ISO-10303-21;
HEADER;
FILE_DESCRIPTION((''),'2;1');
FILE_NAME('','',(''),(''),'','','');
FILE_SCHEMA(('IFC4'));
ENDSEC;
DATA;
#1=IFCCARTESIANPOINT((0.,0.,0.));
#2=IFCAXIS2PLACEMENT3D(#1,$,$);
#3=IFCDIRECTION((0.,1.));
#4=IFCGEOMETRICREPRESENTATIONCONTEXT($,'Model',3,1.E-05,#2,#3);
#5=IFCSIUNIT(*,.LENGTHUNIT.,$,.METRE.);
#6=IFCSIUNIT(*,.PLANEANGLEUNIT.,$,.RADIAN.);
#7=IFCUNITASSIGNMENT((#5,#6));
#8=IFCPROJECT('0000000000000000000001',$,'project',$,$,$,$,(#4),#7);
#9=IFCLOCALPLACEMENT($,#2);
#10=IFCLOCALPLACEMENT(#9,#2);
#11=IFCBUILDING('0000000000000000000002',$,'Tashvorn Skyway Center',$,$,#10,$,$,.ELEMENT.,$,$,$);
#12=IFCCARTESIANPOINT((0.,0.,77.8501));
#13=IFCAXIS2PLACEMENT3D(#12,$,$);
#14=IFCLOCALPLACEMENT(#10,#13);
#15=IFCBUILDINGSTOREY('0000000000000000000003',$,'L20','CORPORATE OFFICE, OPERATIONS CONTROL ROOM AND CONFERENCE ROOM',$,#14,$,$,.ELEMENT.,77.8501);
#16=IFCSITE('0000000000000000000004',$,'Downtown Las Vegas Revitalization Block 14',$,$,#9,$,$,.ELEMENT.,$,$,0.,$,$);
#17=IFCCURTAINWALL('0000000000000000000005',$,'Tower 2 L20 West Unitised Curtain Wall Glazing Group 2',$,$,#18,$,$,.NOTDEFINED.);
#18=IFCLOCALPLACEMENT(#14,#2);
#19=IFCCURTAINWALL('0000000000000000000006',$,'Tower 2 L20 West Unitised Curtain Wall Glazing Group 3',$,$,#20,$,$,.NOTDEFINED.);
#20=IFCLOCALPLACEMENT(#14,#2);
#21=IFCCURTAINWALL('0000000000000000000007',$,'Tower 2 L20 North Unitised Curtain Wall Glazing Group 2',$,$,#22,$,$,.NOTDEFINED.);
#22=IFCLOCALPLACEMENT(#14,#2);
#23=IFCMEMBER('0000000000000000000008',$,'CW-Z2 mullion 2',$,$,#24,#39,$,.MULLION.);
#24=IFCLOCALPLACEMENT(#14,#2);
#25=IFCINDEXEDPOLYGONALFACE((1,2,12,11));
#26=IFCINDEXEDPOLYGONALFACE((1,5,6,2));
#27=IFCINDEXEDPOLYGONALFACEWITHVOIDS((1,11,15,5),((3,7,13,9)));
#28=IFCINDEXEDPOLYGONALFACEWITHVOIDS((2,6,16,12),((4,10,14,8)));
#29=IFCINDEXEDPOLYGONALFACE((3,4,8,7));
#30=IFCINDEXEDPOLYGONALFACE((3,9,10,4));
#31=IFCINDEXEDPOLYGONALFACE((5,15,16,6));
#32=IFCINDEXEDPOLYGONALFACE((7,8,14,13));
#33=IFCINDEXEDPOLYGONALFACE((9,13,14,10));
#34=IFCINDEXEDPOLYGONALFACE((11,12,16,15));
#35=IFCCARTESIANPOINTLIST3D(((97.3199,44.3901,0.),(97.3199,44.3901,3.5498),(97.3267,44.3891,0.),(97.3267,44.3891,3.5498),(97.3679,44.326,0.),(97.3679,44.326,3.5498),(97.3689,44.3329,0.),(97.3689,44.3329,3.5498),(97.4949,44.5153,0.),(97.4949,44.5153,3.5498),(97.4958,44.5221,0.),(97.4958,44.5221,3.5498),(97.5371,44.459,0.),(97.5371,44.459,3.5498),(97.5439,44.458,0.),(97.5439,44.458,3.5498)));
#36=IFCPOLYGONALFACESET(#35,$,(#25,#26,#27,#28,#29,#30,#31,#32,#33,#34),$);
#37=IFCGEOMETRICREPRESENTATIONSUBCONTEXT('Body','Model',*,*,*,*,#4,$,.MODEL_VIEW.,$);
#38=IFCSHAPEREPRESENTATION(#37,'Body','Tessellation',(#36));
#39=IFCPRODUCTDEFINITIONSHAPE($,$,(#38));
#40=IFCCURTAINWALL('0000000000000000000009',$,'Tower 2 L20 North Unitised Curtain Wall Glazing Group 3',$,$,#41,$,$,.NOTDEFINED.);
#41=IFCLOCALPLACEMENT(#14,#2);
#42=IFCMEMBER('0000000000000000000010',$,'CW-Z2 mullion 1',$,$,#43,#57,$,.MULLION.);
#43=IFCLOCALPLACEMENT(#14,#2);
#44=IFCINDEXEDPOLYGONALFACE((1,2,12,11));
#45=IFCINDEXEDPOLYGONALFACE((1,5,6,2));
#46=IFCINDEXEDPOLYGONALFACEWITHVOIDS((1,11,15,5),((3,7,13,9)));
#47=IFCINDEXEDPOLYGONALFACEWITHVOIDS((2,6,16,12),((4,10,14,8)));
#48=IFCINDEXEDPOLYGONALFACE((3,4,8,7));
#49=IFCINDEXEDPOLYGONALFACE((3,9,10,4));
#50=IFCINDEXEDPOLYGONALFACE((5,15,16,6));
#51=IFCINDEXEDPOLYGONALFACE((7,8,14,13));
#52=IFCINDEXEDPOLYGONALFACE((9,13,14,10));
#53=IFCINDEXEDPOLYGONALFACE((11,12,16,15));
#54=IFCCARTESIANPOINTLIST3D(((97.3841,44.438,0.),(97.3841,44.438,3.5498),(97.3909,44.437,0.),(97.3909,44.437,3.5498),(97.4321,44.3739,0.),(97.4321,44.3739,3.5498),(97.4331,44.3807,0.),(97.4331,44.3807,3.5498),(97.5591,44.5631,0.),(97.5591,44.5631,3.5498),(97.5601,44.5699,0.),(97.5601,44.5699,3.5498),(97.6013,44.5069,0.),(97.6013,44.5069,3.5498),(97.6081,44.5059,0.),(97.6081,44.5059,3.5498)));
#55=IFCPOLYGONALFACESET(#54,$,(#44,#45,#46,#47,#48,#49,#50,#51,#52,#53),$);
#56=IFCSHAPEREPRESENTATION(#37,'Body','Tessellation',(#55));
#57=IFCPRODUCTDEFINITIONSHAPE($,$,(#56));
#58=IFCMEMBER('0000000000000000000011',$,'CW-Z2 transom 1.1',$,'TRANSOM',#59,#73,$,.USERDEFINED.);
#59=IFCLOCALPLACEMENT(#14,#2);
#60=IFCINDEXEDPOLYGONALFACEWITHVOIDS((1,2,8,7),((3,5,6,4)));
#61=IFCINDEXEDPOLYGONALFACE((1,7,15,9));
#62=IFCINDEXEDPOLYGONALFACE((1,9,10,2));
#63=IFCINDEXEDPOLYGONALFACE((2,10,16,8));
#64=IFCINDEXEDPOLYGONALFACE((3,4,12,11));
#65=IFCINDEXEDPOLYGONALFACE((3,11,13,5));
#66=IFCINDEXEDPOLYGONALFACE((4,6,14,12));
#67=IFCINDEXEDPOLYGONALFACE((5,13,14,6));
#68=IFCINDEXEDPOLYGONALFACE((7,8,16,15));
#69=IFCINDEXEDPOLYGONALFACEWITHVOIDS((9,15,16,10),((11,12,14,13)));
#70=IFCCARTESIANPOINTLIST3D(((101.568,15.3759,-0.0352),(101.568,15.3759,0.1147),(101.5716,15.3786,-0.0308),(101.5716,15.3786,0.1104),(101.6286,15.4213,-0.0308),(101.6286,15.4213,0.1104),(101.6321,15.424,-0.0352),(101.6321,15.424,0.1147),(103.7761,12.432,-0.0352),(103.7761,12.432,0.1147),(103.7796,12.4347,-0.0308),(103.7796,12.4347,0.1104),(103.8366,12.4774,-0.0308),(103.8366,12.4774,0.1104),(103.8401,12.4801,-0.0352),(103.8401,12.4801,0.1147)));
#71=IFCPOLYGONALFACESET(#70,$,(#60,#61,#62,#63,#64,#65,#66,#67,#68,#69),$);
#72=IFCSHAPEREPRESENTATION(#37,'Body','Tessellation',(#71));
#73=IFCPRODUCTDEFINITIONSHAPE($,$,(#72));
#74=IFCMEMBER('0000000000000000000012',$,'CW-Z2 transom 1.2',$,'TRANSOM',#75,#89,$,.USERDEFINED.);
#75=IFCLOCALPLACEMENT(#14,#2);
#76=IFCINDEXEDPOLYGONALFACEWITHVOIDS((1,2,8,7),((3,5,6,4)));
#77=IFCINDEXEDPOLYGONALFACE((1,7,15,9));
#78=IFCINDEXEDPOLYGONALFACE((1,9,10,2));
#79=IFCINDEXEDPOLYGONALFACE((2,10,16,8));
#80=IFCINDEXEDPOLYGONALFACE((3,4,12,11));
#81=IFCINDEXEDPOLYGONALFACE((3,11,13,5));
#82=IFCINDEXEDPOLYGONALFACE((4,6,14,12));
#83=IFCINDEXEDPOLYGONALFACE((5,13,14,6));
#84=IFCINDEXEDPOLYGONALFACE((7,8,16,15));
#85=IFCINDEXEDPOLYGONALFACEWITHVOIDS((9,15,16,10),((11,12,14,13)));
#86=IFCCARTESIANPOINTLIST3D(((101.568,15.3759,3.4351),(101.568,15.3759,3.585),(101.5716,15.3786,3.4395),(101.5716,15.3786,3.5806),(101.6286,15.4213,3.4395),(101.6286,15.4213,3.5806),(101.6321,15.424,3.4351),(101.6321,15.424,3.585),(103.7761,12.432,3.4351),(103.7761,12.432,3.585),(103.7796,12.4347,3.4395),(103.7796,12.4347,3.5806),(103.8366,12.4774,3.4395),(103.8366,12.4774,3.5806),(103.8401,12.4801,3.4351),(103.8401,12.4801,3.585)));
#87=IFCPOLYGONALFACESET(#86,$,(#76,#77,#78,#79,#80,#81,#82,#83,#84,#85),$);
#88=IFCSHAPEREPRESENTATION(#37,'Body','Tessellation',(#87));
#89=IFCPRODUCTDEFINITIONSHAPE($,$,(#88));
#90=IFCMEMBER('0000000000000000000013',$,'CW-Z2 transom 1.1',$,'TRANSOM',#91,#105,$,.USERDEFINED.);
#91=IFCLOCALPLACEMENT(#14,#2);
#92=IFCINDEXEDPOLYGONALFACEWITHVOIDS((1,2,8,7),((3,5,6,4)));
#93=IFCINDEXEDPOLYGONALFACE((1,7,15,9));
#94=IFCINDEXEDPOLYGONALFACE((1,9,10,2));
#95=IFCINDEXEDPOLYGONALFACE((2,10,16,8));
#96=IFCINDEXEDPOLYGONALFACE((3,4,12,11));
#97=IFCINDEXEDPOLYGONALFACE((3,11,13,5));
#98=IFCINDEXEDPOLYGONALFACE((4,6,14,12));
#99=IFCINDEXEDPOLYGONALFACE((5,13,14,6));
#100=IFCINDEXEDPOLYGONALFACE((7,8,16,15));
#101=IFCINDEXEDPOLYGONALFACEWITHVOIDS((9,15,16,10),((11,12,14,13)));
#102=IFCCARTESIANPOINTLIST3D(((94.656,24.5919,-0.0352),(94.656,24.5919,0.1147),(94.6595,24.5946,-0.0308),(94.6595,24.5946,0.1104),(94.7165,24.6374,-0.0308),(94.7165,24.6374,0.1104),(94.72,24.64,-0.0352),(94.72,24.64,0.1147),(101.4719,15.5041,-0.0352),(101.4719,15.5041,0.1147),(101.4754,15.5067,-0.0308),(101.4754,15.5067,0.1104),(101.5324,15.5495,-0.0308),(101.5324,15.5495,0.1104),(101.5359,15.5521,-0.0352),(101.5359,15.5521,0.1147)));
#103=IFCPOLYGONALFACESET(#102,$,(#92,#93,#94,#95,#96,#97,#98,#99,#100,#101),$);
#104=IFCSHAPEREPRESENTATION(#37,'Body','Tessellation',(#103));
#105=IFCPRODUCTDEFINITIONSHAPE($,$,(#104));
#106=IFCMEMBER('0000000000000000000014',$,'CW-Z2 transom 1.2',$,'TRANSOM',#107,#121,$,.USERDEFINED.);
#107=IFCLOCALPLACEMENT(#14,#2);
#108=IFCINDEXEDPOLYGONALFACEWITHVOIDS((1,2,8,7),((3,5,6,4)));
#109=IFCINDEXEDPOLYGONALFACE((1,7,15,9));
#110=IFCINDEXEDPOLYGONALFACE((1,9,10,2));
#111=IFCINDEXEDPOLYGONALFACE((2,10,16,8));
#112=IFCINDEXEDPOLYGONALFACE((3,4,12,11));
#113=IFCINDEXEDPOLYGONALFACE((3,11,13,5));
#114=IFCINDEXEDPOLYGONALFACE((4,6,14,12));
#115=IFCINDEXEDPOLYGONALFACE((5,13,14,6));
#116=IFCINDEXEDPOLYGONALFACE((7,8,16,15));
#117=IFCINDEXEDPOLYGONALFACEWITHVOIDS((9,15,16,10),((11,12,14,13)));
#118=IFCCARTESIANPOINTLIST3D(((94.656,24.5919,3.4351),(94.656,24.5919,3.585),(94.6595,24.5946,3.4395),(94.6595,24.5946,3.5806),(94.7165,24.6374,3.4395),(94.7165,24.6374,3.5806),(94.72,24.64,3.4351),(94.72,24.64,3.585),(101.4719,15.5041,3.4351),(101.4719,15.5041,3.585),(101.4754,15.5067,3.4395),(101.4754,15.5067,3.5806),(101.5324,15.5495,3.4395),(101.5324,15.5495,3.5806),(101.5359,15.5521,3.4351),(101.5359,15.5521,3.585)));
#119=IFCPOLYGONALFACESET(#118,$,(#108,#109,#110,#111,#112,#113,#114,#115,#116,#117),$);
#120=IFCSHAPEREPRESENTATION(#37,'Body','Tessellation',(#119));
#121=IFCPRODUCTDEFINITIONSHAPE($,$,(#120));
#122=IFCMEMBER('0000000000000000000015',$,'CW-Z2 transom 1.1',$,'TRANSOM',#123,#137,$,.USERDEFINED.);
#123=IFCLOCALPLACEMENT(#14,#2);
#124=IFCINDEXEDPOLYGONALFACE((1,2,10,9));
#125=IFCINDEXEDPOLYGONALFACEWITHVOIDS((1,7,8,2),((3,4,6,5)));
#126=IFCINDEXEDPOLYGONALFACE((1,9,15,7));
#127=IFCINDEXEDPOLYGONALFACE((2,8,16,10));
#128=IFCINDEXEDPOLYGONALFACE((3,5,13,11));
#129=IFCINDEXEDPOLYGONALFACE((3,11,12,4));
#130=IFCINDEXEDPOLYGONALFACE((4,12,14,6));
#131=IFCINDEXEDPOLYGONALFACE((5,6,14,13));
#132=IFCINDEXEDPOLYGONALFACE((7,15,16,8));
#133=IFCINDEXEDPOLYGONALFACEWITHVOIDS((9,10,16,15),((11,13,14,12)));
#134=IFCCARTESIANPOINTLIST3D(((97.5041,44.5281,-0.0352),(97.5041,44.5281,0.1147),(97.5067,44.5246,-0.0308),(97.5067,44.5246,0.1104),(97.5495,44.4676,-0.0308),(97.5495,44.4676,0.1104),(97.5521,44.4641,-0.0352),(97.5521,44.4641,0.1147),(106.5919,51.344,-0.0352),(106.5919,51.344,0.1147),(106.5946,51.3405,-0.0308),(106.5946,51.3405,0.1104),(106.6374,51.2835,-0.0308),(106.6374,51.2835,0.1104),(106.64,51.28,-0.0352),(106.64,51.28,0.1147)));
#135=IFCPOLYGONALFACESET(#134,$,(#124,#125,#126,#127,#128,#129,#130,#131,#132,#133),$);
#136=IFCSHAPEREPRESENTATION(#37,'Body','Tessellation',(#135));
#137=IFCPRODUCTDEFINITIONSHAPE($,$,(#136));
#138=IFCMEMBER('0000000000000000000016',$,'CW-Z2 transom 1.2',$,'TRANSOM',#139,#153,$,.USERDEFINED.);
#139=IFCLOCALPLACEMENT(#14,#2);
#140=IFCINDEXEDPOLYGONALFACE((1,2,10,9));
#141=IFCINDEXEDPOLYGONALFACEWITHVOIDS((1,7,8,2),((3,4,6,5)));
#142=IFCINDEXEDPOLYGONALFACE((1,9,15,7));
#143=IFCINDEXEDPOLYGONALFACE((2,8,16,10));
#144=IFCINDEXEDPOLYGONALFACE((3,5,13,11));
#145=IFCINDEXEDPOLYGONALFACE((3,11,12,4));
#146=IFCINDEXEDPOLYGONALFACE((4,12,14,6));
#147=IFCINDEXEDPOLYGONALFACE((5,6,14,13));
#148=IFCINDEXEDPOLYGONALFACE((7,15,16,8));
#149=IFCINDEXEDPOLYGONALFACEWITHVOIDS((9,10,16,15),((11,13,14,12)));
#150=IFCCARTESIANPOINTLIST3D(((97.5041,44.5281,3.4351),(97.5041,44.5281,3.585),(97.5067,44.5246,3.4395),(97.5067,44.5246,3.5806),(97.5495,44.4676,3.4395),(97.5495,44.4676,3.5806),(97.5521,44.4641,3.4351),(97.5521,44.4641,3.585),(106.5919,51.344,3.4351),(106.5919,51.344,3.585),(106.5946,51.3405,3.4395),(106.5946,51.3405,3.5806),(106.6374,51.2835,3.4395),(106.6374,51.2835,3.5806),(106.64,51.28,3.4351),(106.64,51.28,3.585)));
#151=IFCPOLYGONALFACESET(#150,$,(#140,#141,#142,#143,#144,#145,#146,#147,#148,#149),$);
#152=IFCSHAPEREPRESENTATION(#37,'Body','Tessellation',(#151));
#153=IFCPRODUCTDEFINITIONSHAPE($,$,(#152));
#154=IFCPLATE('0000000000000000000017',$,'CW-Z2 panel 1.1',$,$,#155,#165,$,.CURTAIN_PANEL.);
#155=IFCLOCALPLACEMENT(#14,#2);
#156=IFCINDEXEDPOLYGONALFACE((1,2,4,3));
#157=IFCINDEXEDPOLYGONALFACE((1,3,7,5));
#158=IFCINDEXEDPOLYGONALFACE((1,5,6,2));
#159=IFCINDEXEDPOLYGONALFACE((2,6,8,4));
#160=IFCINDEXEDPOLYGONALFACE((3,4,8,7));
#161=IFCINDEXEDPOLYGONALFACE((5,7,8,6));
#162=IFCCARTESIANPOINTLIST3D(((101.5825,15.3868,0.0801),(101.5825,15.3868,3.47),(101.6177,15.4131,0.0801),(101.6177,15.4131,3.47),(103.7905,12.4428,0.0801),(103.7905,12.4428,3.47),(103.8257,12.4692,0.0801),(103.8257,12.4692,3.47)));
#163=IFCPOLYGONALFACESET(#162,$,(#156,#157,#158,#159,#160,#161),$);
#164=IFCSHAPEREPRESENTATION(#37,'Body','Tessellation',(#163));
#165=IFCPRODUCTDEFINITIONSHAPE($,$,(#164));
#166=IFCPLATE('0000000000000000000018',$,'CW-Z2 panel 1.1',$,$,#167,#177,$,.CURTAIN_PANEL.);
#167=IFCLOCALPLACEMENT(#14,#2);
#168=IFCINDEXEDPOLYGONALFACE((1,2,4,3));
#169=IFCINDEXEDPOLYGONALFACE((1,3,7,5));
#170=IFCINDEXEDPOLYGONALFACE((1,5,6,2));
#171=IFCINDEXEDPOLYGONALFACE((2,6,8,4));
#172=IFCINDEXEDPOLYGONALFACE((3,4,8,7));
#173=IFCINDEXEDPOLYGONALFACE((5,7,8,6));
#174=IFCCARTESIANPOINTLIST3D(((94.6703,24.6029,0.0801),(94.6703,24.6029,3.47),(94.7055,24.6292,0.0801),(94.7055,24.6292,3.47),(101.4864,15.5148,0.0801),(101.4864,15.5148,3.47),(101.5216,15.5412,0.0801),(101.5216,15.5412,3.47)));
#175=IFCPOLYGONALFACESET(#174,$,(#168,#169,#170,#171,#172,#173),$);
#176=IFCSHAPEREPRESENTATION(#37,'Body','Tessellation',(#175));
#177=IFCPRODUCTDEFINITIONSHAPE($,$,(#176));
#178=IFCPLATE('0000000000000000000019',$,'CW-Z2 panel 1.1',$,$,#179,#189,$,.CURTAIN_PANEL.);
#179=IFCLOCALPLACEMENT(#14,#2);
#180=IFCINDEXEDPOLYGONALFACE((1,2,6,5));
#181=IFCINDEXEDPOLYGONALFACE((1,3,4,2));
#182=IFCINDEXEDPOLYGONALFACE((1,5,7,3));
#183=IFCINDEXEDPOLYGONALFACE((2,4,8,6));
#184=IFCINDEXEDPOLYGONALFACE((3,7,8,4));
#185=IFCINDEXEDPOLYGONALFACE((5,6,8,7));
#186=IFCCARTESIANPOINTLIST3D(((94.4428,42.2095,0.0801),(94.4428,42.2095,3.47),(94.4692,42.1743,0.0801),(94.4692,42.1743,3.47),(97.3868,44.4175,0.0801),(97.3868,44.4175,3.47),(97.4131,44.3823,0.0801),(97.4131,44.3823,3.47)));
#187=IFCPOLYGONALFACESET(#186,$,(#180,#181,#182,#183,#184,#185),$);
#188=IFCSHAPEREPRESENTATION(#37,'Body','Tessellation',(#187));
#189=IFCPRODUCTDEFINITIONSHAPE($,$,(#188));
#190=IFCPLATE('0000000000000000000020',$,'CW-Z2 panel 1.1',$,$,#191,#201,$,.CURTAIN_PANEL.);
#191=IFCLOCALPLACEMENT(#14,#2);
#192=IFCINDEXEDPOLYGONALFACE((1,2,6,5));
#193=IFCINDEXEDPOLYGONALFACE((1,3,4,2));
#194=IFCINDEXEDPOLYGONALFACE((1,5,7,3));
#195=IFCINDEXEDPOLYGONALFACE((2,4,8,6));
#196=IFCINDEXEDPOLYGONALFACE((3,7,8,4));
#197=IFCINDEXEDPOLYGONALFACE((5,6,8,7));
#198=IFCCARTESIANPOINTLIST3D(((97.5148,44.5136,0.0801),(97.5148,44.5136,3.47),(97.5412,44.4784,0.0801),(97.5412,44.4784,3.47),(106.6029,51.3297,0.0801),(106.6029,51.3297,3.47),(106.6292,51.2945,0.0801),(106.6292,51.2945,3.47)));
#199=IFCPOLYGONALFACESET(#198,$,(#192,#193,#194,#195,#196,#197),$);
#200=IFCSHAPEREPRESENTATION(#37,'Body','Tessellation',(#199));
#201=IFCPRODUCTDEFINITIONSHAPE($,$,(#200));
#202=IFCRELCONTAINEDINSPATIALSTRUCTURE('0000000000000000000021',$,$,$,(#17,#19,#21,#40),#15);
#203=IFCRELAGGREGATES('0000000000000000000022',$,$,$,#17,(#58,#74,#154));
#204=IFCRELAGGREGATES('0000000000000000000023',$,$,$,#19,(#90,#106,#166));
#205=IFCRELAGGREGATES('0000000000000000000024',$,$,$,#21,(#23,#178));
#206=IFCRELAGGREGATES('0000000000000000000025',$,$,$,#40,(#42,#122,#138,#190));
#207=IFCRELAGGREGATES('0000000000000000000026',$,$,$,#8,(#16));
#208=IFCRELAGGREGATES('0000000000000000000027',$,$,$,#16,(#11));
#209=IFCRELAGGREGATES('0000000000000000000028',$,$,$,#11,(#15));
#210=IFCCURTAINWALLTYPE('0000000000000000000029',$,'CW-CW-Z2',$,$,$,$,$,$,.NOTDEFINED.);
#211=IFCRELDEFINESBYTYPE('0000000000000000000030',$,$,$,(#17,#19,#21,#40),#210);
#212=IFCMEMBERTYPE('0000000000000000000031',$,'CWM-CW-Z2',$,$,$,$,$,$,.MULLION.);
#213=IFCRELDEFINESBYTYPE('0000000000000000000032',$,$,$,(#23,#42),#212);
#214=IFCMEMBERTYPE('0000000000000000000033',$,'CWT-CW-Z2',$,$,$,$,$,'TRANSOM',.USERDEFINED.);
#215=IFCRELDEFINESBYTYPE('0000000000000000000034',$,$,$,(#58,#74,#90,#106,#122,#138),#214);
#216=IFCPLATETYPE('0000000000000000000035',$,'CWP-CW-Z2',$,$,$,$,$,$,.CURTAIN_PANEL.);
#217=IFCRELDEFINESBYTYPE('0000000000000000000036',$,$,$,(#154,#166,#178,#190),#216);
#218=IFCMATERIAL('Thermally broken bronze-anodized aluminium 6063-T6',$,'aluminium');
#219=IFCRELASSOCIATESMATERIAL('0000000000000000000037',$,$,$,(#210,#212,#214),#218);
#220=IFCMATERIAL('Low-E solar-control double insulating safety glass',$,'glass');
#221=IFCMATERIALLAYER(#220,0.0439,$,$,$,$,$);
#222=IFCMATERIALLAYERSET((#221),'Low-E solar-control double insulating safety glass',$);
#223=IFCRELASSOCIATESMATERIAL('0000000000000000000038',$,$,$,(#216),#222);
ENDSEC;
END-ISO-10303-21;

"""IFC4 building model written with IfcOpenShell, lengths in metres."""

from ifc_helpers import new_model, si_unit, direction, frame, origin, origin_2d, place, context, subcontext, project, spatial, rectangle, hollow_rectangle, extrude, material, layer, layer_set, material_profile, profile_set, type_object, element, aggregate, save


model = new_model("IFC4")

# Units and contexts
model_context = context("Model", 3, precision=1e-05, world=origin(), true_north=direction((0.0, 1.0)))
body_context = subcontext(model_context, "Body", "Model", "MODEL_VIEW")
ifc_project = project(units=[si_unit("LENGTHUNIT", "METRE"), si_unit("PLANEANGLEUNIT", "RADIAN")], contexts=[model_context])

# Site, building, storey
site_placement = place(None, origin())
site = spatial("IfcSite", under=ifc_project, at=site_placement, Name="Downtown Las Vegas Revitalization Block 14", CompositionType="ELEMENT", RefElevation=0.0)
building_placement = place(site_placement, origin())
building = spatial("IfcBuilding", under=site, at=building_placement, Name="Tashvorn Skyway Center", CompositionType="ELEMENT")
storey_placement = place(building_placement, frame((0.0, 0.0, 77.8501)))
storey = spatial("IfcBuildingStorey", under=building, at=storey_placement, Name="L20", Description="CORPORATE OFFICE, OPERATIONS CONTROL ROOM AND CONFERENCE ROOM", CompositionType="ELEMENT", Elevation=77.8501)

# Curtain wall
ifc_material_1 = material(Name="Thermally broken bronze-anodized aluminium 6063-T6", Category="aluminium")
curtain_wall_type = type_object("IfcCurtainWallType", Name="CW-CW-Z2", PredefinedType="NOTDEFINED", material=ifc_material_1)
curtain_wall_1_placement = place(storey_placement, origin())
curtain_wall_1 = element("IfcCurtainWall", 1, at=curtain_wall_1_placement, inside=storey, type_object=curtain_wall_type, Name="Tower 2 L20 West Unitised Curtain Wall Glazing Group 2", PredefinedType="NOTDEFINED")
ifc_material_profile_1 = material_profile(ifc_material_1, hollow_rectangle(XDim=0.0801, YDim=0.22, WallThickness=0.0049, at=origin_2d()), Name="ALU-MULL-80x220")
ifc_profile_set_1 = profile_set([ifc_material_profile_1], Name="Thermally broken bronze-anodized aluminium 6063-T6")
member_type_1 = type_object("IfcMemberType", Name="CWM-CW-Z2", PredefinedType="MULLION", material=ifc_profile_set_1)

# Curtain walls, members
curtain_wall_2_placement = place(storey_placement, origin())
curtain_wall_2 = element("IfcCurtainWall", 2, at=curtain_wall_2_placement, inside=storey, type_object=curtain_wall_type, Name="Tower 2 L20 West Unitised Curtain Wall Glazing Group 3", PredefinedType="NOTDEFINED")
curtain_wall_3_placement = place(storey_placement, origin())
curtain_wall_3 = element("IfcCurtainWall", 3, at=curtain_wall_3_placement, inside=storey, type_object=curtain_wall_type, Name="Tower 2 L20 North Unitised Curtain Wall Glazing Group 2", PredefinedType="NOTDEFINED")
member_1_placement = place(storey_placement, frame((97.4319, 44.4241, 0.0), z_axis=(0.0, 0.0, 1.0), x_axis=(-0.6, 0.8, 0.0)))
member_1 = element("IfcMember", 4, at=member_1_placement, type_object=member_type_1, Name="CW-Z2 mullion 2", PredefinedType="MULLION", context=body_context, shape_type="SweptSolid", body=[
    extrude(hollow_rectangle(XDim=0.0801, YDim=0.22, WallThickness=0.0049, at=origin_2d()), origin(), (0.0, 0.0, 1.0), 3.5498),
])
curtain_wall_4_placement = place(storey_placement, origin())
curtain_wall_4 = element("IfcCurtainWall", 5, at=curtain_wall_4_placement, inside=storey, type_object=curtain_wall_type, Name="Tower 2 L20 North Unitised Curtain Wall Glazing Group 3", PredefinedType="NOTDEFINED")
member_2_placement = place(storey_placement, frame((97.4961, 44.4719, 0.0), z_axis=(0.0, 0.0, 1.0), x_axis=(-0.6, 0.8, 0.0)))
member_2 = element("IfcMember", 6, at=member_2_placement, type_object=member_type_1, Name="CW-Z2 mullion 1", PredefinedType="MULLION", context=body_context, shape_type="SweptSolid", body=[
    extrude(hollow_rectangle(XDim=0.0801, YDim=0.22, WallThickness=0.0049, at=origin_2d()), origin(), (0.0, 0.0, 1.0), 3.5498),
])

# Members
ifc_material_profile_2 = material_profile(ifc_material_1, hollow_rectangle(XDim=0.0801, YDim=0.1499, WallThickness=0.0044, at=origin_2d()), Name="ALU-TRAN-80x150")
ifc_profile_set_2 = profile_set([ifc_material_profile_2], Name="Thermally broken bronze-anodized aluminium 6063-T6")
member_type_2 = type_object("IfcMemberType", Name="CWT-CW-Z2", ElementType="TRANSOM", PredefinedType="USERDEFINED", material=ifc_profile_set_2)
member_3_placement = place(storey_placement, frame((103.8081, 12.4561, 0.0398), z_axis=(-0.600021, 0.799984, 0.0), x_axis=(-0.799984, -0.600021, 0.0)))
member_3 = element("IfcMember", 7, at=member_3_placement, type_object=member_type_2, Name="CW-Z2 transom 1.1", ObjectType="TRANSOM", PredefinedType="USERDEFINED", context=body_context, shape_type="SweptSolid", body=[
    extrude(hollow_rectangle(XDim=0.0801, YDim=0.1499, WallThickness=0.0044, at=origin_2d()), origin(), (0.0, 0.0, 1.0), 3.6799),
])
member_4_placement = place(storey_placement, frame((103.8081, 12.4561, 3.51), z_axis=(-0.600021, 0.799984, 0.0), x_axis=(-0.799984, -0.600021, 0.0)))
member_4 = element("IfcMember", 8, at=member_4_placement, type_object=member_type_2, Name="CW-Z2 transom 1.2", ObjectType="TRANSOM", PredefinedType="USERDEFINED", context=body_context, shape_type="SweptSolid", body=[
    extrude(hollow_rectangle(XDim=0.0801, YDim=0.1499, WallThickness=0.0044, at=origin_2d()), origin(), (0.0, 0.0, 1.0), 3.6799),
])
member_5_placement = place(storey_placement, frame((101.5039, 15.5281, 0.0398), z_axis=(-0.6, 0.8, 0.0), x_axis=(-0.8, -0.6, 0.0)))
member_5 = element("IfcMember", 9, at=member_5_placement, type_object=member_type_2, Name="CW-Z2 transom 1.1", ObjectType="TRANSOM", PredefinedType="USERDEFINED", context=body_context, shape_type="SweptSolid", body=[
    extrude(hollow_rectangle(XDim=0.0801, YDim=0.1499, WallThickness=0.0044, at=origin_2d()), origin(), (0.0, 0.0, 1.0), 11.3599),
])
member_6_placement = place(storey_placement, frame((101.5039, 15.5281, 3.51), z_axis=(-0.6, 0.8, 0.0), x_axis=(-0.8, -0.6, 0.0)))
member_6 = element("IfcMember", 10, at=member_6_placement, type_object=member_type_2, Name="CW-Z2 transom 1.2", ObjectType="TRANSOM", PredefinedType="USERDEFINED", context=body_context, shape_type="SweptSolid", body=[
    extrude(hollow_rectangle(XDim=0.0801, YDim=0.1499, WallThickness=0.0044, at=origin_2d()), origin(), (0.0, 0.0, 1.0), 11.3599),
])
member_7_placement = place(storey_placement, frame((97.5281, 44.4961, 0.0398), z_axis=(0.8, 0.6, 0.0), x_axis=(-0.6, 0.8, 0.0)))
member_7 = element("IfcMember", 11, at=member_7_placement, type_object=member_type_2, Name="CW-Z2 transom 1.1", ObjectType="TRANSOM", PredefinedType="USERDEFINED", context=body_context, shape_type="SweptSolid", body=[
    extrude(hollow_rectangle(XDim=0.0801, YDim=0.1499, WallThickness=0.0044, at=origin_2d()), origin(), (0.0, 0.0, 1.0), 11.3599),
])
member_8_placement = place(storey_placement, frame((97.5281, 44.4961, 3.51), z_axis=(0.8, 0.6, 0.0), x_axis=(-0.6, 0.8, 0.0)))
member_8 = element("IfcMember", 12, at=member_8_placement, type_object=member_type_2, Name="CW-Z2 transom 1.2", ObjectType="TRANSOM", PredefinedType="USERDEFINED", context=body_context, shape_type="SweptSolid", body=[
    extrude(hollow_rectangle(XDim=0.0801, YDim=0.1499, WallThickness=0.0044, at=origin_2d()), origin(), (0.0, 0.0, 1.0), 11.3599),
])

# Plates
ifc_material_2 = material(Name="Low-E solar-control double insulating safety glass", Category="glass")
ifc_layer_1 = layer(ifc_material_2, 0.0439)
ifc_layer_set_1 = layer_set([ifc_layer_1], Name="Low-E solar-control double insulating safety glass")
plate_type = type_object("IfcPlateType", Name="CWP-CW-Z2", PredefinedType="CURTAIN_PANEL", material=ifc_layer_set_1)
plate_1_placement = place(storey_placement, frame((102.7041, 13.928, 0.0801), z_axis=(0.0, 0.0, 1.0), x_axis=(-0.6, 0.8, 0.0)))
plate_1 = element("IfcPlate", 13, at=plate_1_placement, type_object=plate_type, Name="CW-Z2 panel 1.1", PredefinedType="CURTAIN_PANEL", context=body_context, shape_type="SweptSolid", body=[
    extrude(rectangle(XDim=3.6799, YDim=0.0439, at=origin_2d()), origin(), (0.0, 0.0, 1.0), 3.3899),
])
aggregate(curtain_wall_1, [member_3, member_4, plate_1])
plate_2_placement = place(storey_placement, frame((98.0959, 20.072, 0.0801), z_axis=(0.0, 0.0, 1.0), x_axis=(-0.6, 0.8, 0.0)))
plate_2 = element("IfcPlate", 14, at=plate_2_placement, type_object=plate_type, Name="CW-Z2 panel 1.1", PredefinedType="CURTAIN_PANEL", context=body_context, shape_type="SweptSolid", body=[
    extrude(rectangle(XDim=11.3601, YDim=0.0439, at=origin_2d()), origin(), (0.0, 0.0, 1.0), 3.3899),
])
aggregate(curtain_wall_2, [member_5, member_6, plate_2])
plate_3_placement = place(storey_placement, frame((95.928, 43.2959, 0.0801), z_axis=(0.0, 0.0, 1.0), x_axis=(0.8, 0.6, 0.0)))
plate_3 = element("IfcPlate", 15, at=plate_3_placement, type_object=plate_type, Name="CW-Z2 panel 1.1", PredefinedType="CURTAIN_PANEL", context=body_context, shape_type="SweptSolid", body=[
    extrude(rectangle(XDim=3.6799, YDim=0.0439, at=origin_2d()), origin(), (0.0, 0.0, 1.0), 3.3899),
])
aggregate(curtain_wall_3, [member_1, plate_3])
plate_4_placement = place(storey_placement, frame((102.072, 47.9041, 0.0801), z_axis=(0.0, 0.0, 1.0), x_axis=(0.8, 0.6, 0.0)))
plate_4 = element("IfcPlate", 16, at=plate_4_placement, type_object=plate_type, Name="CW-Z2 panel 1.1", PredefinedType="CURTAIN_PANEL", context=body_context, shape_type="SweptSolid", body=[
    extrude(rectangle(XDim=11.3601, YDim=0.0439, at=origin_2d()), origin(), (0.0, 0.0, 1.0), 3.3899),
])
aggregate(curtain_wall_4, [member_2, member_7, member_8, plate_4])

save(model, "model.ifc")
